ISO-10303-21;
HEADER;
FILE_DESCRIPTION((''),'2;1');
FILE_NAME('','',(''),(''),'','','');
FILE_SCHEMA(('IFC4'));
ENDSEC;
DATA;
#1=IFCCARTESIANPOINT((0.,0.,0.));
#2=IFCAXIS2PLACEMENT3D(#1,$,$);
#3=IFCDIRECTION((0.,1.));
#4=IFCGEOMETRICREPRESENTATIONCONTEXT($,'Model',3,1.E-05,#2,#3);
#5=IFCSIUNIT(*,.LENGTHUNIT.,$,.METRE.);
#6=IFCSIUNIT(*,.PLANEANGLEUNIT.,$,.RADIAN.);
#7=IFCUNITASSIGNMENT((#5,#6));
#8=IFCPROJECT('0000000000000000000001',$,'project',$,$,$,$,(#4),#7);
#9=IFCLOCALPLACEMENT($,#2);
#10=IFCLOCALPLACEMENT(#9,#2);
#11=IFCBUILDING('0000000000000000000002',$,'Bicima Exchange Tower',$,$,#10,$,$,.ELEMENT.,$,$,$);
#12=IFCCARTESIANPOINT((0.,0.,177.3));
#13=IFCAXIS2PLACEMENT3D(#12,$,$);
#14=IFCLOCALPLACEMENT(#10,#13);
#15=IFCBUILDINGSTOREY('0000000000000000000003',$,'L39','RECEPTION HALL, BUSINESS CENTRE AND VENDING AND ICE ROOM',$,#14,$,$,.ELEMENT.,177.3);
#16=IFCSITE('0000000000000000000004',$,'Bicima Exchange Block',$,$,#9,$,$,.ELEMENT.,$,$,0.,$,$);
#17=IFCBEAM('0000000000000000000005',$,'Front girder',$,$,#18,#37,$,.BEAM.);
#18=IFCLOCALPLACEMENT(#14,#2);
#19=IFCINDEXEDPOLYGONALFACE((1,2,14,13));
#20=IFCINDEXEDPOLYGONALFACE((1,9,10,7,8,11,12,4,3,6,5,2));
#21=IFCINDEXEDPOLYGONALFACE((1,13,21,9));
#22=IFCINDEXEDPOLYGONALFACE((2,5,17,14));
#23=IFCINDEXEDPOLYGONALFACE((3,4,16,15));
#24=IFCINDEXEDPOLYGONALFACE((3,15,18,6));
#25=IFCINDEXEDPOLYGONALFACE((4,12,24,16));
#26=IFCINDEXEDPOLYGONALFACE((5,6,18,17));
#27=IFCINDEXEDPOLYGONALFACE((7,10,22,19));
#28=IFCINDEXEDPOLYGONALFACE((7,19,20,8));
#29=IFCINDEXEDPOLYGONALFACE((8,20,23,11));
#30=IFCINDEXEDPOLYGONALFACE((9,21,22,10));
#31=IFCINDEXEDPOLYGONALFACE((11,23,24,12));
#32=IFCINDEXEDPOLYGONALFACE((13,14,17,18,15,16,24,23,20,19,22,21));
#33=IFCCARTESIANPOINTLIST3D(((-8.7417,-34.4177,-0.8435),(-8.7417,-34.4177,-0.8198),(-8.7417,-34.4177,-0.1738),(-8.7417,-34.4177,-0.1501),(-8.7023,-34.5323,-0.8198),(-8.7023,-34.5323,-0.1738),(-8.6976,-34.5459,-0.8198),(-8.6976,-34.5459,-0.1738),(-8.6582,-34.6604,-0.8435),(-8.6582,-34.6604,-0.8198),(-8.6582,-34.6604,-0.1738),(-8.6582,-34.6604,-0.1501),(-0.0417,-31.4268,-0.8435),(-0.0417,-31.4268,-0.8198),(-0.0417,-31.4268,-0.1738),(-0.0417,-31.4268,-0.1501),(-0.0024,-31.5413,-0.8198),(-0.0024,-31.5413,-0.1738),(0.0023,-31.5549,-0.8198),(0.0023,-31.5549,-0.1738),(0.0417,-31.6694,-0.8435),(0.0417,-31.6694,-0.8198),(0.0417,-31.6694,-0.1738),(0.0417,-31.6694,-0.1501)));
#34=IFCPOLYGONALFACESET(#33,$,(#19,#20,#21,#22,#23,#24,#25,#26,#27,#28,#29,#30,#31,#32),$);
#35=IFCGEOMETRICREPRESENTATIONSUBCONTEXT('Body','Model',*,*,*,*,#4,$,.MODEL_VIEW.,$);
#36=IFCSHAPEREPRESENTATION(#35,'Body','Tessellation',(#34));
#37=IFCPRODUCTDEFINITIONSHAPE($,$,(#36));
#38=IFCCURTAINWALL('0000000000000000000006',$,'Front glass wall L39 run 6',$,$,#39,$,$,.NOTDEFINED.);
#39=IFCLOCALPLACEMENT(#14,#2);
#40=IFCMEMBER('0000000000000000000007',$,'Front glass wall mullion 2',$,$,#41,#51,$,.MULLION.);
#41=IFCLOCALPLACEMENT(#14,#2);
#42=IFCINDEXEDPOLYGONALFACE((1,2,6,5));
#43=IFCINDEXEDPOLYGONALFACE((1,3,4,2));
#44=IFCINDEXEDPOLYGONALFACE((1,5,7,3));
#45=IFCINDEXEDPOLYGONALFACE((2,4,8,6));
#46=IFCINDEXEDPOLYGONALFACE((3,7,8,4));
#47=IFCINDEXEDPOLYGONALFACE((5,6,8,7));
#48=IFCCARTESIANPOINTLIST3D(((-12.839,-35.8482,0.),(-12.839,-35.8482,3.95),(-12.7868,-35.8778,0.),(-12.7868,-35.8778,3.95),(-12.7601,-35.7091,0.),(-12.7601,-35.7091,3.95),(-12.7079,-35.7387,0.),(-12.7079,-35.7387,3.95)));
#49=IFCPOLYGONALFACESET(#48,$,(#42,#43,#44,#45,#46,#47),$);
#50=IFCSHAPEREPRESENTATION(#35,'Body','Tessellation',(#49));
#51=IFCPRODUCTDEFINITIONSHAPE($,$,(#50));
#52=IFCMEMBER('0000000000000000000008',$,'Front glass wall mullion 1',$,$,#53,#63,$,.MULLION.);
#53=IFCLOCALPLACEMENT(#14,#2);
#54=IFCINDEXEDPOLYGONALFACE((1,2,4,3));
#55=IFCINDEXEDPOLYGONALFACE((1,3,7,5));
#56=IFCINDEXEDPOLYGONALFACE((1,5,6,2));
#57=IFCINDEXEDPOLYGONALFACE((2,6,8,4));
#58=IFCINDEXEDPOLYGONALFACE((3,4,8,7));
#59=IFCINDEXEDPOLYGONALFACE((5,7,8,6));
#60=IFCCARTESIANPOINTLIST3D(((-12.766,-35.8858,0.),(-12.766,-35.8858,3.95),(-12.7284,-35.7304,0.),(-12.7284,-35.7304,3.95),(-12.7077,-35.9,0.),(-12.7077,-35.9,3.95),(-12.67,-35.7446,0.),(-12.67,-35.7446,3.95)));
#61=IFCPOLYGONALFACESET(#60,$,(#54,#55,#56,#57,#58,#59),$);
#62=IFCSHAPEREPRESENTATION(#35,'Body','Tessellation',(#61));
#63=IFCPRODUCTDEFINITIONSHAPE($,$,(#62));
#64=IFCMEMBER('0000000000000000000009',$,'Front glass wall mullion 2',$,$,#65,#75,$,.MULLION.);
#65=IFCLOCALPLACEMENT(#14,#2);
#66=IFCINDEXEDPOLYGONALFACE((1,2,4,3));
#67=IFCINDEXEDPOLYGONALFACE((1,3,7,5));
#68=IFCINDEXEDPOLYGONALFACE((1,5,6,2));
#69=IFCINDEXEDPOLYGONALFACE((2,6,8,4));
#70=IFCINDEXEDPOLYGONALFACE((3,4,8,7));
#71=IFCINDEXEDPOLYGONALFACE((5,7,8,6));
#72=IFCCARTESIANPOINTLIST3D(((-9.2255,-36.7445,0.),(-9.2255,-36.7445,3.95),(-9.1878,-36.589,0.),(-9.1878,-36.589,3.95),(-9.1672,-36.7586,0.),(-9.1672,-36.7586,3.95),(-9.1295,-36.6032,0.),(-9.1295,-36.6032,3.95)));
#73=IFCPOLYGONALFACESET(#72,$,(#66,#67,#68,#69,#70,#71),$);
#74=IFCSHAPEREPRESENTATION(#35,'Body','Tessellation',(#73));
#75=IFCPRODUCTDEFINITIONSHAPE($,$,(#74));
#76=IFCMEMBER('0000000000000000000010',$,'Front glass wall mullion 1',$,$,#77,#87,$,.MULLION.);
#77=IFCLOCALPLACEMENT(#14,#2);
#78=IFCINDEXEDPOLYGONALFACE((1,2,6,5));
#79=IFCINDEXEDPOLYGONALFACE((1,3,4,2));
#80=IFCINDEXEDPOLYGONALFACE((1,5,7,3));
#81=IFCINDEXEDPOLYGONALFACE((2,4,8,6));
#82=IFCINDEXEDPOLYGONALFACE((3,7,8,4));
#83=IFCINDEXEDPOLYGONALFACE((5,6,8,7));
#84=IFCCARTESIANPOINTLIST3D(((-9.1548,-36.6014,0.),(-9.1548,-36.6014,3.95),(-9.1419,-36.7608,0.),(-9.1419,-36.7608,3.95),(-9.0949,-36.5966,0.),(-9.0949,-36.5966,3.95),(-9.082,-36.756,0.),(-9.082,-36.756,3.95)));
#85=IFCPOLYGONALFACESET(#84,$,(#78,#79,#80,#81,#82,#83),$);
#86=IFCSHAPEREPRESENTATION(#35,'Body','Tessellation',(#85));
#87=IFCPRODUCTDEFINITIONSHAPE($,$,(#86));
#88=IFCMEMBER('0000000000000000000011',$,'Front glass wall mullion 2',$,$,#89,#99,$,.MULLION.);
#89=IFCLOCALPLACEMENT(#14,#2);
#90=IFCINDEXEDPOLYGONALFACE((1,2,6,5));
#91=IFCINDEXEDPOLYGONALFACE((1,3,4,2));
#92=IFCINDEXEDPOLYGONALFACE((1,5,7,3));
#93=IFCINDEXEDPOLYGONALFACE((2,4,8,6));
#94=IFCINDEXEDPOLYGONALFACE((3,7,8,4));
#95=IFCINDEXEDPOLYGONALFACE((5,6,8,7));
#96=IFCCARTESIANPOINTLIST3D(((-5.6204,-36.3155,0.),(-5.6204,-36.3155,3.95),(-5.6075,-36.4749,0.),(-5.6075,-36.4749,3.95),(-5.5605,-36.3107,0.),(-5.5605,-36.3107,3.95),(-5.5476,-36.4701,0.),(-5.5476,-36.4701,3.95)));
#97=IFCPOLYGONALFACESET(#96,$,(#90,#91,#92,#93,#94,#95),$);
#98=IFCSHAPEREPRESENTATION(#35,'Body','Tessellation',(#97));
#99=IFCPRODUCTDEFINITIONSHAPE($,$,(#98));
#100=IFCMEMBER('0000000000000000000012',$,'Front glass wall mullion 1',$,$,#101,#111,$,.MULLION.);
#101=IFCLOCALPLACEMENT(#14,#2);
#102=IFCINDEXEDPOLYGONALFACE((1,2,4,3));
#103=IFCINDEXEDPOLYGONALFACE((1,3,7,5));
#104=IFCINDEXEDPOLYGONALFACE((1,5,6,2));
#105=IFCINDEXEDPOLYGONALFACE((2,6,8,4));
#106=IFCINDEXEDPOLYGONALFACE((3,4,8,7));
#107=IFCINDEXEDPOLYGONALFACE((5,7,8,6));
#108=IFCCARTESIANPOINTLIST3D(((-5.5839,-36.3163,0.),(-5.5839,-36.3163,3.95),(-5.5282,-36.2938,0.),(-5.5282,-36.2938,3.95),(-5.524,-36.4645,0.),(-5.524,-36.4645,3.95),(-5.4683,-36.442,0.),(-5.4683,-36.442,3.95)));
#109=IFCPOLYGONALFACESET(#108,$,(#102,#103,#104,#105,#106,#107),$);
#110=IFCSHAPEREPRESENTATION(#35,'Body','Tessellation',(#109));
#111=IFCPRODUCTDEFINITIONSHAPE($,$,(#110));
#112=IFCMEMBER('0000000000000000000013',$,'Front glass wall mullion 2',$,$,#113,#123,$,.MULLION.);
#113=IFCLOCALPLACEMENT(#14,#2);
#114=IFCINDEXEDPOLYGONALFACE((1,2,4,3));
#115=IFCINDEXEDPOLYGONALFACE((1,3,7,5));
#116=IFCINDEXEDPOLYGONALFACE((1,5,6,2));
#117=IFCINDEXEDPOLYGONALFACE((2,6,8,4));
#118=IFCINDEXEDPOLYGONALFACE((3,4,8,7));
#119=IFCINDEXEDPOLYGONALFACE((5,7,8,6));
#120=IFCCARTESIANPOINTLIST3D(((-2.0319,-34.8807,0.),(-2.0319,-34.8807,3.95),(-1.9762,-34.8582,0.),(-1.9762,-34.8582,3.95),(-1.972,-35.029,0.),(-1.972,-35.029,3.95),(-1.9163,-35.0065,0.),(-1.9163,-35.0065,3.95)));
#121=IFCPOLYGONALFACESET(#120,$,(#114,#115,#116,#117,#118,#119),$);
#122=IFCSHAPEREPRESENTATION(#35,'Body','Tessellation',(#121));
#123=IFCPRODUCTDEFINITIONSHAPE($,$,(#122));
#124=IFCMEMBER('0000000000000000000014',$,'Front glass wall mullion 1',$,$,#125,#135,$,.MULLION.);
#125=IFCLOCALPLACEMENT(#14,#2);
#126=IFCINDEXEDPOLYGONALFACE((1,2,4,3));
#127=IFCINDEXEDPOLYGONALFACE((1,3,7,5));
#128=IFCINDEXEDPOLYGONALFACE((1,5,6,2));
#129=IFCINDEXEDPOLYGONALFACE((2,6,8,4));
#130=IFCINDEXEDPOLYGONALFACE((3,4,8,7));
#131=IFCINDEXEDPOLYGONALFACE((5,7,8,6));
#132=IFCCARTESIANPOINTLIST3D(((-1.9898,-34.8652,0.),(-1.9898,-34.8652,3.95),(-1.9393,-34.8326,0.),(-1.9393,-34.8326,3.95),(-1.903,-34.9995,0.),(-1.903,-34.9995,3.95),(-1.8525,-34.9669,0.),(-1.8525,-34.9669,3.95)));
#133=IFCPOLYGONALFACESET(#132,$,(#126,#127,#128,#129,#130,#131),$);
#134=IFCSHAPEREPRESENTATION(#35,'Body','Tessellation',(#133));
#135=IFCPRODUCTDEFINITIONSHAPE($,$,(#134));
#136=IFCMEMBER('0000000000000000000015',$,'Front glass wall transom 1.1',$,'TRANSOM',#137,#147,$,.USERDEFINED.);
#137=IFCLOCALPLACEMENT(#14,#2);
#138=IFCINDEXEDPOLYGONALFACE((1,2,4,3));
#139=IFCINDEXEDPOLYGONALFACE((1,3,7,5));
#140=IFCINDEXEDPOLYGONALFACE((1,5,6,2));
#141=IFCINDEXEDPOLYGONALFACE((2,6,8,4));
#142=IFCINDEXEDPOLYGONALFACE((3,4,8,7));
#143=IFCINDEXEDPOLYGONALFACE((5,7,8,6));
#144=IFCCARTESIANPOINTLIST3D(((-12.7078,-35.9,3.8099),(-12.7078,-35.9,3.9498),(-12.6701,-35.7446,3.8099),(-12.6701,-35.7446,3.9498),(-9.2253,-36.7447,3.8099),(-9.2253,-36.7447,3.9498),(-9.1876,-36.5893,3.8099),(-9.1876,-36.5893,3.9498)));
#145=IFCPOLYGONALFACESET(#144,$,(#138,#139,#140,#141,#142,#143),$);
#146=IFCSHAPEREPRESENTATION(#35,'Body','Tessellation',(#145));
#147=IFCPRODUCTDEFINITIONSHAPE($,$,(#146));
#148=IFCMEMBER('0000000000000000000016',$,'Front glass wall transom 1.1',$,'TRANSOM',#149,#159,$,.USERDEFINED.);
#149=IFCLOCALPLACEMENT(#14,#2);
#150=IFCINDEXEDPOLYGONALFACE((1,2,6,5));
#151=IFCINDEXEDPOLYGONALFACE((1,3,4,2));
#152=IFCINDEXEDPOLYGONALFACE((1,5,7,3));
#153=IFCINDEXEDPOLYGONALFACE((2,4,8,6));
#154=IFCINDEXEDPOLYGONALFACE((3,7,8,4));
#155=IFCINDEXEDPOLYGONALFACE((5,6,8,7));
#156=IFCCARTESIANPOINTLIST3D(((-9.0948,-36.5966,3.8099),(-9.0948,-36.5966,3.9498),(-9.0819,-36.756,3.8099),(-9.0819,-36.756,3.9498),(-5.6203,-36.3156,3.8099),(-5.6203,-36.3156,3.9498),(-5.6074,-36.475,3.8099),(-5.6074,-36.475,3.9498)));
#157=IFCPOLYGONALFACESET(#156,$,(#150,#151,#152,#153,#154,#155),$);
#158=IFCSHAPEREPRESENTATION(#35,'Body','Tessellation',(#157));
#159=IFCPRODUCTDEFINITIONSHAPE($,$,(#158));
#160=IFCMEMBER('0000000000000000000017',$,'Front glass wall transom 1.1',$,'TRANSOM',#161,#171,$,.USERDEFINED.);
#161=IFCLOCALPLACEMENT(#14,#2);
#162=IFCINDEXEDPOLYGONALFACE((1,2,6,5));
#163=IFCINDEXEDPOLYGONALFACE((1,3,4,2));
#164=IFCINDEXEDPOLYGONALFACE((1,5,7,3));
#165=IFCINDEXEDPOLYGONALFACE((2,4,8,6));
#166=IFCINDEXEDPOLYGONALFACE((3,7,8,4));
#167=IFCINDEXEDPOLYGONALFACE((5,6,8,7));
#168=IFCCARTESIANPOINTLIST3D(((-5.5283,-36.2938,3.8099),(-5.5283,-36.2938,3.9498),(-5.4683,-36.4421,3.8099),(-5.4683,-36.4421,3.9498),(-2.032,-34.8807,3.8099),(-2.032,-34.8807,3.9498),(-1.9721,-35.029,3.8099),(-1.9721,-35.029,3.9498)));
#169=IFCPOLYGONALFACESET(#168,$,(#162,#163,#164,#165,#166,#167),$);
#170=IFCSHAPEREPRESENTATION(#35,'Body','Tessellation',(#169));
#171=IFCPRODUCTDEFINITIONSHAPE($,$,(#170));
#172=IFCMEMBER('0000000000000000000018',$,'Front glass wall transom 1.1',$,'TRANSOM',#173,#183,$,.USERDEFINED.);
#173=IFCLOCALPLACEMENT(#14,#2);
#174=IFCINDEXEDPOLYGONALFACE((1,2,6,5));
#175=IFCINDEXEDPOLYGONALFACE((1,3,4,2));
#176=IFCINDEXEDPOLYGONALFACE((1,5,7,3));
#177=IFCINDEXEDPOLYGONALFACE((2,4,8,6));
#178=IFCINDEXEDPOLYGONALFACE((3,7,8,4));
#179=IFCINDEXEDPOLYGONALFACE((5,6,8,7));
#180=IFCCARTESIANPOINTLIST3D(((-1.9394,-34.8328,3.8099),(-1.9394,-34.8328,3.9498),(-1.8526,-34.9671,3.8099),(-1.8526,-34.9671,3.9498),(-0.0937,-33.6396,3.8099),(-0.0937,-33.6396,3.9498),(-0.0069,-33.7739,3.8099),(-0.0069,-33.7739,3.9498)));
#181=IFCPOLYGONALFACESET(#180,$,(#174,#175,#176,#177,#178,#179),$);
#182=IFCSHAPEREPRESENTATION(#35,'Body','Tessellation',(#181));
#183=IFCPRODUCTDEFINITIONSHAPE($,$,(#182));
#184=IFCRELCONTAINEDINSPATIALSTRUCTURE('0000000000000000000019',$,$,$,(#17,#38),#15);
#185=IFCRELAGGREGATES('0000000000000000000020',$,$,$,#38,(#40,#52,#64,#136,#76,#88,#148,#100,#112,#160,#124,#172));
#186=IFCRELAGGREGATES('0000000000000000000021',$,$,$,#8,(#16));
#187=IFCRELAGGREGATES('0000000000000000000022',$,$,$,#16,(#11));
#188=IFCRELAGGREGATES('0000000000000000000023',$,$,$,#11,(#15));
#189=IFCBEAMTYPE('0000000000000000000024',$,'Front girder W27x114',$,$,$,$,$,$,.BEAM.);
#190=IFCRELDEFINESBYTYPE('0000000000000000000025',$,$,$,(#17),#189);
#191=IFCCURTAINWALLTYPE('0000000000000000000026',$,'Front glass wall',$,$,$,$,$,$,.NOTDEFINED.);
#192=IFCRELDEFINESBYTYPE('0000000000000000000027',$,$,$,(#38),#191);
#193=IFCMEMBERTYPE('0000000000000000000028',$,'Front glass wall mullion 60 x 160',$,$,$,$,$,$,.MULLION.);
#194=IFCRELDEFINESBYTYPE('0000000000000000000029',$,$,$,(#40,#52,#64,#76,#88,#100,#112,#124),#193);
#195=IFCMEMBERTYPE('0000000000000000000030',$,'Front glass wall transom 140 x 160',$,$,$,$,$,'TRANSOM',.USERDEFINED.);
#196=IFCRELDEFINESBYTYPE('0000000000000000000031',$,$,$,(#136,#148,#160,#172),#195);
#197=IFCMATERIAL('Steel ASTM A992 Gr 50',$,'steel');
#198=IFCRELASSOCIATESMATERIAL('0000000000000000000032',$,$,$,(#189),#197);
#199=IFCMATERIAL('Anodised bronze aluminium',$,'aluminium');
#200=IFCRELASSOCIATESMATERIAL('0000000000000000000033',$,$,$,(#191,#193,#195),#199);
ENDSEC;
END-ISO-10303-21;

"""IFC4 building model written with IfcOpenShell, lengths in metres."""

from ifc_helpers import new_model, si_unit, direction, frame, origin, origin_2d, place, context, subcontext, project, spatial, rectangle, i_section, extrude, material, material_profile, profile_set, type_object, element, aggregate, save


model = new_model("IFC4")

# Units and contexts
model_context = context("Model", 3, precision=1e-05, world=origin(), true_north=direction((0.0, 1.0)))
body_context = subcontext(model_context, "Body", "Model", "MODEL_VIEW")
ifc_project = project(units=[si_unit("LENGTHUNIT", "METRE"), si_unit("PLANEANGLEUNIT", "RADIAN")], contexts=[model_context])

# Site, building, storey
site_placement = place(None, origin())
site = spatial("IfcSite", under=ifc_project, at=site_placement, Name="Bicima Exchange Block", CompositionType="ELEMENT", RefElevation=0.0)
building_placement = place(site_placement, origin())
building = spatial("IfcBuilding", under=site, at=building_placement, Name="Bicima Exchange Tower", CompositionType="ELEMENT")
storey_placement = place(building_placement, frame((0.0, 0.0, 177.3)))
storey = spatial("IfcBuildingStorey", under=building, at=storey_placement, Name="L39", Description="RECEPTION HALL, BUSINESS CENTRE AND VENDING AND ICE ROOM", CompositionType="ELEMENT", Elevation=177.3)

# Beam
ifc_material_1 = material(Name="Steel ASTM A992 Gr 50", Category="steel")
ifc_material_profile_1 = material_profile(ifc_material_1, i_section(OverallWidth=0.2566, OverallDepth=0.6934, WebThickness=0.0144, FlangeThickness=0.0237, at=origin_2d()))
ifc_profile_set_1 = profile_set([ifc_material_profile_1], Name="Steel ASTM A992 Gr 50")
beam_type = type_object("IfcBeamType", Name="Front girder W27x114", PredefinedType="BEAM", material=ifc_profile_set_1)
beam_placement = place(storey_placement, frame((-8.7, -34.5391, -0.4968), z_axis=(0.945675, 0.325115, 0.0), x_axis=(-0.325115, 0.945675, 0.0)))
element("IfcBeam", 1, at=beam_placement, inside=storey, type_object=beam_type, Name="Front girder", PredefinedType="BEAM", context=body_context, shape_type="SweptSolid", body=[
    extrude(i_section(OverallWidth=0.2566, OverallDepth=0.6934, WebThickness=0.0144, FlangeThickness=0.0237, at=origin_2d()), origin(), (0.0, 0.0, 1.0), 9.1997),
])

# Curtain wall, members
ifc_material_2 = material(Name="Anodised bronze aluminium", Category="aluminium")
curtain_wall_type = type_object("IfcCurtainWallType", Name="Front glass wall", PredefinedType="NOTDEFINED", material=ifc_material_2)
curtain_wall_placement = place(storey_placement, origin())
curtain_wall = element("IfcCurtainWall", 2, at=curtain_wall_placement, inside=storey, type_object=curtain_wall_type, Name="Front glass wall L39 run 6", PredefinedType="NOTDEFINED")
ifc_material_profile_2 = material_profile(ifc_material_2, rectangle(XDim=0.1599, YDim=0.0601, at=origin_2d()))
ifc_profile_set_2 = profile_set([ifc_material_profile_2], Name="Anodised bronze aluminium")
member_type_1 = type_object("IfcMemberType", Name="Front glass wall mullion 60 x 160", PredefinedType="MULLION", material=ifc_profile_set_2)
member_1_placement = place(storey_placement, frame((-12.7734, -35.7935, 0.0), z_axis=(0.0, 0.0, 1.0), x_axis=(0.493395, 0.869805, 0.0)))
member_1 = element("IfcMember", 3, at=member_1_placement, type_object=member_type_1, Name="Front glass wall mullion 2", PredefinedType="MULLION", context=body_context, shape_type="SweptSolid", body=[
    extrude(rectangle(XDim=0.1599, YDim=0.0601, at=origin_2d()), origin(), (0.0, 0.0, 1.0), 3.95),
])
member_2_placement = place(storey_placement, frame((-12.718, -35.8152, 0.0), z_axis=(0.0, 0.0, 1.0), x_axis=(0.235682, 0.97183, 0.0)))
member_2 = element("IfcMember", 4, at=member_2_placement, type_object=member_type_1, Name="Front glass wall mullion 1", PredefinedType="MULLION", context=body_context, shape_type="SweptSolid", body=[
    extrude(rectangle(XDim=0.1599, YDim=0.0601, at=origin_2d()), origin(), (0.0, 0.0, 1.0), 3.95),
])
member_3_placement = place(storey_placement, frame((-9.1775, -36.6738, 0.0), z_axis=(0.0, 0.0, 1.0), x_axis=(0.235682, 0.97183, 0.0)))
member_3 = element("IfcMember", 5, at=member_3_placement, type_object=member_type_1, Name="Front glass wall mullion 2", PredefinedType="MULLION", context=body_context, shape_type="SweptSolid", body=[
    extrude(rectangle(XDim=0.1599, YDim=0.0601, at=origin_2d()), origin(), (0.0, 0.0, 1.0), 3.95),
])
member_4_placement = place(storey_placement, frame((-9.1184, -36.6787, 0.0), z_axis=(0.0, 0.0, 1.0), x_axis=(-0.080589, 0.996747, 0.0)))
member_4 = element("IfcMember", 6, at=member_4_placement, type_object=member_type_1, Name="Front glass wall mullion 1", PredefinedType="MULLION", context=body_context, shape_type="SweptSolid", body=[
    extrude(rectangle(XDim=0.1599, YDim=0.0601, at=origin_2d()), origin(), (0.0, 0.0, 1.0), 3.95),
])
member_5_placement = place(storey_placement, frame((-5.584, -36.3928, 0.0), z_axis=(0.0, 0.0, 1.0), x_axis=(-0.080589, 0.996747, 0.0)))
member_5 = element("IfcMember", 7, at=member_5_placement, type_object=member_type_1, Name="Front glass wall mullion 2", PredefinedType="MULLION", context=body_context, shape_type="SweptSolid", body=[
    extrude(rectangle(XDim=0.1599, YDim=0.0601, at=origin_2d()), origin(), (0.0, 0.0, 1.0), 3.95),
])
member_6_placement = place(storey_placement, frame((-5.5261, -36.3792, 0.0), z_axis=(0.0, 0.0, 1.0), x_axis=(-0.374705, 0.927144, 0.0)))
member_6 = element("IfcMember", 8, at=member_6_placement, type_object=member_type_1, Name="Front glass wall mullion 1", PredefinedType="MULLION", context=body_context, shape_type="SweptSolid", body=[
    extrude(rectangle(XDim=0.1599, YDim=0.0601, at=origin_2d()), origin(), (0.0, 0.0, 1.0), 3.95),
])
member_7_placement = place(storey_placement, frame((-1.9741, -34.9436, 0.0), z_axis=(0.0, 0.0, 1.0), x_axis=(-0.374705, 0.927144, 0.0)))
member_7 = element("IfcMember", 9, at=member_7_placement, type_object=member_type_1, Name="Front glass wall mullion 2", PredefinedType="MULLION", context=body_context, shape_type="SweptSolid", body=[
    extrude(rectangle(XDim=0.1599, YDim=0.0601, at=origin_2d()), origin(), (0.0, 0.0, 1.0), 3.95),
])
member_8_placement = place(storey_placement, frame((-1.9211, -34.916, 0.0), z_axis=(0.0, 0.0, 1.0), x_axis=(-0.542897, 0.839799, 0.0)))
member_8 = element("IfcMember", 10, at=member_8_placement, type_object=member_type_1, Name="Front glass wall mullion 1", PredefinedType="MULLION", context=body_context, shape_type="SweptSolid", body=[
    extrude(rectangle(XDim=0.1599, YDim=0.0601, at=origin_2d()), origin(), (0.0, 0.0, 1.0), 3.95),
])
ifc_material_profile_3 = material_profile(ifc_material_2, rectangle(XDim=0.1599, YDim=0.1399, at=origin_2d()))
ifc_profile_set_3 = profile_set([ifc_material_profile_3], Name="Anodised bronze aluminium")
member_type_2 = type_object("IfcMemberType", Name="Front glass wall transom 140 x 160", ElementType="TRANSOM", PredefinedType="USERDEFINED", material=ifc_profile_set_3)
member_9_placement = place(storey_placement, frame((-12.689, -35.8223, 3.8799), z_axis=(0.971818, -0.235733, 0.0), x_axis=(0.235733, 0.971818, 0.0)))
member_9 = element("IfcMember", 11, at=member_9_placement, type_object=member_type_2, Name="Front glass wall transom 1.1", ObjectType="TRANSOM", PredefinedType="USERDEFINED", context=body_context, shape_type="SweptSolid", body=[
    extrude(rectangle(XDim=0.1599, YDim=0.1399, at=origin_2d()), origin(), (0.0, 0.0, 1.0), 3.5835),
])
member_10_placement = place(storey_placement, frame((-9.0884, -36.6763, 3.8799), z_axis=(0.996746, 0.080611, 0.0), x_axis=(-0.080611, 0.996746, 0.0)))
member_10 = element("IfcMember", 12, at=member_10_placement, type_object=member_type_2, Name="Front glass wall transom 1.1", ObjectType="TRANSOM", PredefinedType="USERDEFINED", context=body_context, shape_type="SweptSolid", body=[
    extrude(rectangle(XDim=0.1599, YDim=0.1399, at=origin_2d()), origin(), (0.0, 0.0, 1.0), 3.4858),
])
member_11_placement = place(storey_placement, frame((-5.4983, -36.3679, 3.8799), z_axis=(0.92714, 0.374715, 0.0), x_axis=(-0.374715, 0.92714, 0.0)))
member_11 = element("IfcMember", 13, at=member_11_placement, type_object=member_type_2, Name="Front glass wall transom 1.1", ObjectType="TRANSOM", PredefinedType="USERDEFINED", context=body_context, shape_type="SweptSolid", body=[
    extrude(rectangle(XDim=0.1599, YDim=0.1399, at=origin_2d()), origin(), (0.0, 0.0, 1.0), 3.771),
])
member_12_placement = place(storey_placement, frame((-1.896, -34.8999, 3.8799), z_axis=(0.839811, 0.542878, 0.0), x_axis=(-0.542878, 0.839811, 0.0)))
member_12 = element("IfcMember", 14, at=member_12_placement, type_object=member_type_2, Name="Front glass wall transom 1.1", ObjectType="TRANSOM", PredefinedType="USERDEFINED", context=body_context, shape_type="SweptSolid", body=[
    extrude(rectangle(XDim=0.1599, YDim=0.1399, at=origin_2d()), origin(), (0.0, 0.0, 1.0), 2.1978),
])

aggregate(curtain_wall, [member_1, member_2, member_3, member_9, member_4, member_5, member_10, member_6, member_7, member_11, member_8, member_12])

save(model, "model.ifc")
